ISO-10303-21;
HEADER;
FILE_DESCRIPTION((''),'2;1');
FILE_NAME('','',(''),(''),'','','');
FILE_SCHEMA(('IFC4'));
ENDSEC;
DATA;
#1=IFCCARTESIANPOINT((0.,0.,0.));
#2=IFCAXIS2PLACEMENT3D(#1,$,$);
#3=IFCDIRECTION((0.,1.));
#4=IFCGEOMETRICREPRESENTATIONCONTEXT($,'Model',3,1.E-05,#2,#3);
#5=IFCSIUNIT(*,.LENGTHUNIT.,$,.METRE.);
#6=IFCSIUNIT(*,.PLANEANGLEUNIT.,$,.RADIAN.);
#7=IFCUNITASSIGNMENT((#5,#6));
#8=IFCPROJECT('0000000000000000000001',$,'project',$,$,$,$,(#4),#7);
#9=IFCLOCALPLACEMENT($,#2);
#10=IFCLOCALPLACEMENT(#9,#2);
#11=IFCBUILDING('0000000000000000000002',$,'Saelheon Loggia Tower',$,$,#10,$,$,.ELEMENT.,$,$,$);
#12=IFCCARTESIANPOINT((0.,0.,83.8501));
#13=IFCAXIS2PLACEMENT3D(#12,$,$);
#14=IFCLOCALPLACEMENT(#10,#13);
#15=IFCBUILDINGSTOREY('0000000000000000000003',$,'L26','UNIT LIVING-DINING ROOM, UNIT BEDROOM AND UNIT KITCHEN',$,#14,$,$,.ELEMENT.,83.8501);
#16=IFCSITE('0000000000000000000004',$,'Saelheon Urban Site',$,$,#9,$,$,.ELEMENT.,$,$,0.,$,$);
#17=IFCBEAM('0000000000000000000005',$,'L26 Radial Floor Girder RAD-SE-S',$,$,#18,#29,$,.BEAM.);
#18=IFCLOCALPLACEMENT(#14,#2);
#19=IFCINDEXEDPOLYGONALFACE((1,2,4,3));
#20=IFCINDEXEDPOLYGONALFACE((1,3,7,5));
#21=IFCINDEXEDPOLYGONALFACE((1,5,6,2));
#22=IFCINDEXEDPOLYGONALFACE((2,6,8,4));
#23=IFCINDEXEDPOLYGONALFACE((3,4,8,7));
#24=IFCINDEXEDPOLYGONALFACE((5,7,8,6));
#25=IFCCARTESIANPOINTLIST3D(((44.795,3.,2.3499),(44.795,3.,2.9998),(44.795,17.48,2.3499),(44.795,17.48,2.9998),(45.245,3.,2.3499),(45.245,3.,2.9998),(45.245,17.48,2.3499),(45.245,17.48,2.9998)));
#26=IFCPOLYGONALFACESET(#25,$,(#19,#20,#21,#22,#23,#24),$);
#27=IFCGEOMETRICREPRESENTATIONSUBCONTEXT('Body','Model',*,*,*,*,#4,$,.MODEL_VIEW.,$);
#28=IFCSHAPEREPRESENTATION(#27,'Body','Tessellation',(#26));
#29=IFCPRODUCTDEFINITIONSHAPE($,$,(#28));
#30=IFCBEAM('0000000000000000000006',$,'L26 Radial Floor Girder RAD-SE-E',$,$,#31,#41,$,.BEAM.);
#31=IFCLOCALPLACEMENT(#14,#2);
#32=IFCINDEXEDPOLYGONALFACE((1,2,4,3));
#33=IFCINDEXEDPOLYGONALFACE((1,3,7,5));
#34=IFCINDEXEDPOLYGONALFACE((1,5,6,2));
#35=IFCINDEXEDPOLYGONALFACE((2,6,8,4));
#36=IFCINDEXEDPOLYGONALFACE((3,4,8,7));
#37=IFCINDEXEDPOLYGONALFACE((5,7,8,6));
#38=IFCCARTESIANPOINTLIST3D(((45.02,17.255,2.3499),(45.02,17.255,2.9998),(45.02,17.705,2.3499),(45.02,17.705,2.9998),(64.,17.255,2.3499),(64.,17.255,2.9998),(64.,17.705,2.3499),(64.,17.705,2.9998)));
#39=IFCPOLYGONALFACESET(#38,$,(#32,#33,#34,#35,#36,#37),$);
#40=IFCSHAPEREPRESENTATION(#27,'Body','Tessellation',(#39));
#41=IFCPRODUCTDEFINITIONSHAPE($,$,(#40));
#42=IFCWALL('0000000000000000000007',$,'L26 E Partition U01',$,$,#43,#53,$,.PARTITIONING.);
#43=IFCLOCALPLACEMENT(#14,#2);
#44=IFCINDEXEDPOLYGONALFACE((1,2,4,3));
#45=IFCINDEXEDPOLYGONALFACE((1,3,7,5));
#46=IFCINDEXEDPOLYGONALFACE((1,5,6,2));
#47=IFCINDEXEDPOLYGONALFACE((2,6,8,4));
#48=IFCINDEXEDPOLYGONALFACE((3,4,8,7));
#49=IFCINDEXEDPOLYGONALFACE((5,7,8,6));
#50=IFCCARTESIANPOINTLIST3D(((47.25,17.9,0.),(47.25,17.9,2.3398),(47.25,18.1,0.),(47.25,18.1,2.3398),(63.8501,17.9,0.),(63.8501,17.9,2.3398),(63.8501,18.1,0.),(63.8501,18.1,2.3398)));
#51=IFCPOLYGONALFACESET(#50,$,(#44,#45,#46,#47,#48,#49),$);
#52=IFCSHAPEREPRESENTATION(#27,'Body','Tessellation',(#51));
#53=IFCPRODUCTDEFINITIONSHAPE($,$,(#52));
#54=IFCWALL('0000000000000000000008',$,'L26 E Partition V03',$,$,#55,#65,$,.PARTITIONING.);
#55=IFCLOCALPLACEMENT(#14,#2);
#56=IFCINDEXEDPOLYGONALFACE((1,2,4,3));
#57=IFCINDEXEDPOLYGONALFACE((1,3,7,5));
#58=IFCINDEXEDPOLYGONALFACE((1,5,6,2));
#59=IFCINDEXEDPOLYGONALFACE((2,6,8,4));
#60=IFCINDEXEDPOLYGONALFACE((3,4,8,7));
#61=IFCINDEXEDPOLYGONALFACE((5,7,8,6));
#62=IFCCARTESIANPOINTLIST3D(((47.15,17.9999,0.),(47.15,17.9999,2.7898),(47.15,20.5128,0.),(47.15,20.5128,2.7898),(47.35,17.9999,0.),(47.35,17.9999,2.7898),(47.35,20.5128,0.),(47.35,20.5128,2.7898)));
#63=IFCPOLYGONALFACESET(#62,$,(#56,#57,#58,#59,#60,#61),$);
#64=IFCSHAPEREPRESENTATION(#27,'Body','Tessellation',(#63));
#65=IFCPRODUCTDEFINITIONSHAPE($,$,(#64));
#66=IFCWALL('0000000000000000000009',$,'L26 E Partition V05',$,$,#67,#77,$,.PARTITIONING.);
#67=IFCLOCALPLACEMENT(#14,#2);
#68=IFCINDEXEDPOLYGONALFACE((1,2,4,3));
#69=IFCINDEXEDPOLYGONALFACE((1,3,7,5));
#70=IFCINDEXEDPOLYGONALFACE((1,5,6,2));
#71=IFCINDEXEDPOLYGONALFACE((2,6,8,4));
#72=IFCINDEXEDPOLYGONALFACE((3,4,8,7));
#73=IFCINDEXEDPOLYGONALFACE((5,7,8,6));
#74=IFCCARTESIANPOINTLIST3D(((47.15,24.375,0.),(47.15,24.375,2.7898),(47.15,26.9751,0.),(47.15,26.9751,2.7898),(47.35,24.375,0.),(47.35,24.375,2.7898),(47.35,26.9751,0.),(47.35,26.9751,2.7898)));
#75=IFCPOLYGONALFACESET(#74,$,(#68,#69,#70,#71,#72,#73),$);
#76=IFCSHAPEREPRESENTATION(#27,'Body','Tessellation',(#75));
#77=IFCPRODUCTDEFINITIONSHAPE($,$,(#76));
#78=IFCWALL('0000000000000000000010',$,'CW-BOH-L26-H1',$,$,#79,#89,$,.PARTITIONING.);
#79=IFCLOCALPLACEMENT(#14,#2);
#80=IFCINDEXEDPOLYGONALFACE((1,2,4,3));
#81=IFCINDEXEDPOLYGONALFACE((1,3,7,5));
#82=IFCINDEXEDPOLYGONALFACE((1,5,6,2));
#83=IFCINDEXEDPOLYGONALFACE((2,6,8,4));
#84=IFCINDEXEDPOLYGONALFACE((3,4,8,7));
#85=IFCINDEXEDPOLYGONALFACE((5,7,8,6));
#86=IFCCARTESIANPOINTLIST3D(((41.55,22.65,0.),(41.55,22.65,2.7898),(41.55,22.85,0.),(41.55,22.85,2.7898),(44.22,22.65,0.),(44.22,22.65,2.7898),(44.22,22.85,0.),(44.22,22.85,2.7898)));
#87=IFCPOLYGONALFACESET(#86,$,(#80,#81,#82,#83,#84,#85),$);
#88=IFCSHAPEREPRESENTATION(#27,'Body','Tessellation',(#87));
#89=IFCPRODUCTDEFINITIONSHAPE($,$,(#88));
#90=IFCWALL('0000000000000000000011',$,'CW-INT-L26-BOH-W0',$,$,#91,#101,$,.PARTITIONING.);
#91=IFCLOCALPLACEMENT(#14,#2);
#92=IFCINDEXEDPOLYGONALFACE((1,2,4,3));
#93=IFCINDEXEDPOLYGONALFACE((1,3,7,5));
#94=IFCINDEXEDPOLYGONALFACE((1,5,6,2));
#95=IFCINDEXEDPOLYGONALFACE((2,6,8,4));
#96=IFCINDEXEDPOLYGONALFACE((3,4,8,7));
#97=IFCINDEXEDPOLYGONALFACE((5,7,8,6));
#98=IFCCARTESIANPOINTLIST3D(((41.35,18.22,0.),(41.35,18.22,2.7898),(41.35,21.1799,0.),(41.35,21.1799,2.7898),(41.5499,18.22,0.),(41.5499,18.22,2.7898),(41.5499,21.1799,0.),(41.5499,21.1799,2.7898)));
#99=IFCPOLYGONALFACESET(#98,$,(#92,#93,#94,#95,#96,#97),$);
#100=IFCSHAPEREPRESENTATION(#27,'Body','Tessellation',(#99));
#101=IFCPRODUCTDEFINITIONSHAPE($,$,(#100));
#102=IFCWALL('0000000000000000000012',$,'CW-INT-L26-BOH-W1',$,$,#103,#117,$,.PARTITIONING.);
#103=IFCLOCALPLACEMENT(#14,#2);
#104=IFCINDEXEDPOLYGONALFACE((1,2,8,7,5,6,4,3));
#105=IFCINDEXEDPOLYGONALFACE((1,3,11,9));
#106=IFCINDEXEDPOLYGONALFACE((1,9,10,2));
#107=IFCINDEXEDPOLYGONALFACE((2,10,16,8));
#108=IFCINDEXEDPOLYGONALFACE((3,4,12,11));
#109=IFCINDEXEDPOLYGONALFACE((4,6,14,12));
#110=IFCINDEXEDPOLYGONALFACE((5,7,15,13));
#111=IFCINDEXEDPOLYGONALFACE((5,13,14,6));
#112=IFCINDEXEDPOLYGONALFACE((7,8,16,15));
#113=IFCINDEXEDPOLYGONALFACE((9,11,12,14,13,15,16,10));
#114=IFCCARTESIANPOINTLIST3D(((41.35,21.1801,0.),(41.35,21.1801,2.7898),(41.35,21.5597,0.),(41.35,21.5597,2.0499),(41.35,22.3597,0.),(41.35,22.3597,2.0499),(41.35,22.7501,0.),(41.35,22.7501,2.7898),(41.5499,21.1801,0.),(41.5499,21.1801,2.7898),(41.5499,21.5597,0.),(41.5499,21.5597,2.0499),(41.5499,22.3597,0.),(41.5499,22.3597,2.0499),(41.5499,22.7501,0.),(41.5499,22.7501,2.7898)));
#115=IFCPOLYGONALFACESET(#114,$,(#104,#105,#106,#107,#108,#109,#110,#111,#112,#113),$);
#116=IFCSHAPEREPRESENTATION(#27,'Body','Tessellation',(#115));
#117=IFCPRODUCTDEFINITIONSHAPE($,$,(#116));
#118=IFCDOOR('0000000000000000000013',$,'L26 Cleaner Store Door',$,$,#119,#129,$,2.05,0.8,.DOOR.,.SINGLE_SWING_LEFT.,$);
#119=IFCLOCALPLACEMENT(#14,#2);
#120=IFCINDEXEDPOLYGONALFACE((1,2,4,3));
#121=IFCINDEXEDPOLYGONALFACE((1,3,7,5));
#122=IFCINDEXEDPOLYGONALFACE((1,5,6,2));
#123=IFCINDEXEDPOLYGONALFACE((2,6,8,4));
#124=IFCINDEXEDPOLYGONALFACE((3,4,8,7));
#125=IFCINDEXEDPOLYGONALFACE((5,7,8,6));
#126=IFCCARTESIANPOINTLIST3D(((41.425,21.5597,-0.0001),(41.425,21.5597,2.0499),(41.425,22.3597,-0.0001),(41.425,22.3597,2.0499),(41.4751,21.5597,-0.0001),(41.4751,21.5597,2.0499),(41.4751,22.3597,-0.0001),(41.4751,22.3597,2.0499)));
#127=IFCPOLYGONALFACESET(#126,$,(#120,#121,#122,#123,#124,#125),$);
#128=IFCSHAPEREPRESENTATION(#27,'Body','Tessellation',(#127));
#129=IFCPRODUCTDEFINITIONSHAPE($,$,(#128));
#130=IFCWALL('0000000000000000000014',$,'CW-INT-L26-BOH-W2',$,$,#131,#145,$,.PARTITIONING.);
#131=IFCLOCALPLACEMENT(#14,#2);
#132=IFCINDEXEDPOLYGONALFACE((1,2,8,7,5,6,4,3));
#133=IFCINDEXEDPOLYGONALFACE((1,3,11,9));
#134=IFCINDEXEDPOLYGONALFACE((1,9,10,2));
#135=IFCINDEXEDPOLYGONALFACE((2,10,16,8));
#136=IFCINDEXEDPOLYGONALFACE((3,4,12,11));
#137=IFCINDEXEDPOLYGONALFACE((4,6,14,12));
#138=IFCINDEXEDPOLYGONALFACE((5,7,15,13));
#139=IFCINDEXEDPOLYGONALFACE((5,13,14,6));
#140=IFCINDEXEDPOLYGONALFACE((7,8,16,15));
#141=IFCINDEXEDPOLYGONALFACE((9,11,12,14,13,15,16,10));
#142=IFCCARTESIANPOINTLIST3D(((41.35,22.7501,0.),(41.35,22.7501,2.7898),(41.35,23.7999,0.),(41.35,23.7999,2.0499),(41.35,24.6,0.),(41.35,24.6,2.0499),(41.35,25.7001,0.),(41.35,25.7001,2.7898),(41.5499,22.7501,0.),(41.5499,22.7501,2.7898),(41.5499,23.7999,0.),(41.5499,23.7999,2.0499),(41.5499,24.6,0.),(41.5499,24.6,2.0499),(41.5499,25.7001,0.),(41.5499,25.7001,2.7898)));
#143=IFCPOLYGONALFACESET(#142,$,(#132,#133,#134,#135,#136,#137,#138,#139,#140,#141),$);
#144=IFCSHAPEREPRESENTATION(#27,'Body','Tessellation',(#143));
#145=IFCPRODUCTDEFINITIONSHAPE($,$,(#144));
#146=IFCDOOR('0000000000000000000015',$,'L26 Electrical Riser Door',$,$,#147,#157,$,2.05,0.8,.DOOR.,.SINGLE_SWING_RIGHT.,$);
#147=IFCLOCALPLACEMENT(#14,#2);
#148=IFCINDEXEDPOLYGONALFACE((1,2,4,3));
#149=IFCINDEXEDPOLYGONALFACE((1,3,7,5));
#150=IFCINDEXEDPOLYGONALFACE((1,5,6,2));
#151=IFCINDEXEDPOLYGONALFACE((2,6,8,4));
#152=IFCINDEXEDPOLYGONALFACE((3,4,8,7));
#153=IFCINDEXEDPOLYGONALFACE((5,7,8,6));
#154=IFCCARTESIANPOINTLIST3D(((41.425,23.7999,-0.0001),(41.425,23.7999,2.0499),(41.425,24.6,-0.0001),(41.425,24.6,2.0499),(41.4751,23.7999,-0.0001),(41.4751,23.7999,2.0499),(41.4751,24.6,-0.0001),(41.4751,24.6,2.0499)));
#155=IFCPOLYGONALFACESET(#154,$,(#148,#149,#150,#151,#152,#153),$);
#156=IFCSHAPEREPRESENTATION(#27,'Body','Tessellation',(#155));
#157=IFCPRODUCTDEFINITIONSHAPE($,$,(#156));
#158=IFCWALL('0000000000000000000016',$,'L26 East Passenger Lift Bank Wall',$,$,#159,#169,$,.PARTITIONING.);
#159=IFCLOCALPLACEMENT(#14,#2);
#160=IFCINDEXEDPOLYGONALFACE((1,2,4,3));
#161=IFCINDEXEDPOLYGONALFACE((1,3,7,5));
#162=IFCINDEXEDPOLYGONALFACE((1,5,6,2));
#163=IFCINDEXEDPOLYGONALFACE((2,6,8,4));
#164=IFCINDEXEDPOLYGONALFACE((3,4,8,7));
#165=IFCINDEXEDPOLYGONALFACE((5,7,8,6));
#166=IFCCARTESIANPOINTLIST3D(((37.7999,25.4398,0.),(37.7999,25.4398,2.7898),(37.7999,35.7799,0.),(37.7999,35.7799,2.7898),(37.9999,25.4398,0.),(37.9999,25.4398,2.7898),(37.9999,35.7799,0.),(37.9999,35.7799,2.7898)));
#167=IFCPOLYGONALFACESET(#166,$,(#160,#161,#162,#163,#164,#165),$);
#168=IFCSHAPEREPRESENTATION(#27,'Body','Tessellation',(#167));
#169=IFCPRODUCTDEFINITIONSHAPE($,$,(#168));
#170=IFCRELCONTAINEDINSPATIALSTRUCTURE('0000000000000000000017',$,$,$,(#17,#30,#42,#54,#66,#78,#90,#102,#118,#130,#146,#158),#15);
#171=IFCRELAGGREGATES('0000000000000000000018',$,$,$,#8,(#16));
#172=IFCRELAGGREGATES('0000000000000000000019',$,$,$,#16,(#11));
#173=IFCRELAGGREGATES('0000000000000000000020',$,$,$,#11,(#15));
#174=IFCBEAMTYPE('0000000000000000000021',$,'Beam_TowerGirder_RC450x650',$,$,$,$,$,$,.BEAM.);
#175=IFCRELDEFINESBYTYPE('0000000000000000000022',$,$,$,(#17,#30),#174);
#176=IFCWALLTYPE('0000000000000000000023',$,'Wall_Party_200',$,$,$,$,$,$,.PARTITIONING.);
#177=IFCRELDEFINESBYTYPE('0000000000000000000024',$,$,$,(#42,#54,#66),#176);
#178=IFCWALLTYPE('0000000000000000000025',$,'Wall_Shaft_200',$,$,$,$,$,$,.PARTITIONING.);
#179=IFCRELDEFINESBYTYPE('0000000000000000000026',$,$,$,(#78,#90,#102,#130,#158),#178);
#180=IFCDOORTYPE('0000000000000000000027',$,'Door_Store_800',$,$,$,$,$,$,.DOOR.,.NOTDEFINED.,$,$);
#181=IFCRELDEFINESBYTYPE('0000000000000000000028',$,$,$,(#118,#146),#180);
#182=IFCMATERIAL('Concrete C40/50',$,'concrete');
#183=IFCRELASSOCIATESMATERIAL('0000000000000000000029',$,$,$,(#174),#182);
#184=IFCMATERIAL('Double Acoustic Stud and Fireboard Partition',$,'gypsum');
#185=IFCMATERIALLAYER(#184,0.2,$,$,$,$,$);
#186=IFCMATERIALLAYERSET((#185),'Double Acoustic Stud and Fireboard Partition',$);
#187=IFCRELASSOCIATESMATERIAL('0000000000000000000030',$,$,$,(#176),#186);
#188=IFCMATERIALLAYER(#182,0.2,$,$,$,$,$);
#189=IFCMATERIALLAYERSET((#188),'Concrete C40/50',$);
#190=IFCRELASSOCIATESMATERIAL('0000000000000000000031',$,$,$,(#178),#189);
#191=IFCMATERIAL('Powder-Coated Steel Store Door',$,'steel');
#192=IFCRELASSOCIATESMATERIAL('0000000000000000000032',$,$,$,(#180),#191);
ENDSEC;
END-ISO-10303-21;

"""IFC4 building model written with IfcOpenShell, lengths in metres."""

from ifc_helpers import new_model, si_unit, direction, frame, frame_2d, origin, origin_2d, place, context, subcontext, project, spatial, rectangle, extrude, source, transform, mapped, material, layer, layer_set, material_profile, profile_set, type_object, element, fill, save


model = new_model("IFC4")

# Units and contexts
model_context = context("Model", 3, precision=1e-05, world=origin(), true_north=direction((0.0, 1.0)))
body_context = subcontext(model_context, "Body", "Model", "MODEL_VIEW")
ifc_project = project(units=[si_unit("LENGTHUNIT", "METRE"), si_unit("PLANEANGLEUNIT", "RADIAN")], contexts=[model_context])

# Site, building, storey
site_placement = place(None, origin())
site = spatial("IfcSite", under=ifc_project, at=site_placement, Name="Saelheon Urban Site", CompositionType="ELEMENT", RefElevation=0.0)
building_placement = place(site_placement, origin())
building = spatial("IfcBuilding", under=site, at=building_placement, Name="Saelheon Loggia Tower", CompositionType="ELEMENT")
storey_placement = place(building_placement, frame((0.0, 0.0, 83.8501)))
storey = spatial("IfcBuildingStorey", under=building, at=storey_placement, Name="L26", Description="UNIT LIVING-DINING ROOM, UNIT BEDROOM AND UNIT KITCHEN", CompositionType="ELEMENT", Elevation=83.8501)

# Beams
ifc_material_1 = material(Name="Concrete C40/50", Category="concrete")
ifc_material_profile = material_profile(ifc_material_1, rectangle(XDim=0.45, YDim=0.6499, at=origin_2d()), Name="RC-450x650")
ifc_profile_set = profile_set([ifc_material_profile], Name="Concrete C40/50")
beam_type = type_object("IfcBeamType", Name="Beam_TowerGirder_RC450x650", PredefinedType="BEAM", material=ifc_profile_set)
shared_shape_1 = source(origin(), body_context, "Body", "SweptSolid", [
    extrude(rectangle(XDim=0.45, YDim=0.6499, at=origin_2d()), origin(), (0.0, 0.0, 1.0), 14.48),
])
beam_1_placement = place(storey_placement, frame((45.02, 17.48, 2.6748), z_axis=(0.0, -1.0, 0.0), x_axis=(1.0, 0.0, 0.0)))
element("IfcBeam", 1, at=beam_1_placement, inside=storey, type_object=beam_type, Name="L26 Radial Floor Girder RAD-SE-S", PredefinedType="BEAM", context=body_context, shape_type="MappedRepresentation", body=[
    mapped(shared_shape_1, transform((0.0, 0.0, 0.0), scale=1.0)),
])
shared_shape_2 = source(origin(), body_context, "Body", "SweptSolid", [
    extrude(rectangle(XDim=0.45, YDim=0.6499, at=origin_2d()), origin(), (0.0, 0.0, 1.0), 18.98),
])
beam_2_placement = place(storey_placement, frame((45.02, 17.48, 2.6748), z_axis=(1.0, 0.0, 0.0), x_axis=(0.0, 1.0, 0.0)))
element("IfcBeam", 2, at=beam_2_placement, inside=storey, type_object=beam_type, Name="L26 Radial Floor Girder RAD-SE-E", PredefinedType="BEAM", context=body_context, shape_type="MappedRepresentation", body=[
    mapped(shared_shape_2, transform((0.0, 0.0, 0.0), scale=1.0)),
])

# Walls
ifc_material_2 = material(Name="Double Acoustic Stud and Fireboard Partition", Category="gypsum")
ifc_layer_1 = layer(ifc_material_2, 0.2)
ifc_layer_set_1 = layer_set([ifc_layer_1], Name="Double Acoustic Stud and Fireboard Partition")
wall_type_1 = type_object("IfcWallType", Name="Wall_Party_200", PredefinedType="PARTITIONING", material=ifc_layer_set_1)
wall_1_placement = place(storey_placement, frame((47.25, 18.0, 0.0), z_axis=(0.0, 0.0, 1.0), x_axis=(1.0, 0.0, 0.0)))
element("IfcWall", 3, at=wall_1_placement, inside=storey, type_object=wall_type_1, Name="L26 E Partition U01", PredefinedType="PARTITIONING", context=body_context, shape_type="SweptSolid", body=[
    extrude(rectangle(XDim=16.6001, YDim=0.2, at=frame_2d((8.3, 0.0))), origin(), (0.0, 0.0, 1.0), 2.3398),
])
wall_2_placement = place(storey_placement, frame((47.25, 18.0, 0.0), z_axis=(0.0, 0.0, 1.0), x_axis=(0.0, 1.0, 0.0)))
element("IfcWall", 4, at=wall_2_placement, inside=storey, type_object=wall_type_1, Name="L26 E Partition V03", PredefinedType="PARTITIONING", context=body_context, shape_type="SweptSolid", body=[
    extrude(rectangle(XDim=2.5129, YDim=0.2, at=frame_2d((1.2563, 0.0))), origin(), (0.0, 0.0, 1.0), 2.7898),
])

# Walls
wall_3_placement = place(storey_placement, frame((47.25, 24.375, 0.0), z_axis=(0.0, 0.0, 1.0), x_axis=(0.0, 1.0, 0.0)))
element("IfcWall", 5, at=wall_3_placement, inside=storey, type_object=wall_type_1, Name="L26 E Partition V05", PredefinedType="PARTITIONING", context=body_context, shape_type="SweptSolid", body=[
    extrude(rectangle(XDim=2.6001, YDim=0.2, at=frame_2d((1.3, 0.0))), origin(), (0.0, 0.0, 1.0), 2.7898),
])
ifc_layer_2 = layer(ifc_material_1, 0.2)
ifc_layer_set_2 = layer_set([ifc_layer_2], Name="Concrete C40/50")
wall_type_2 = type_object("IfcWallType", Name="Wall_Shaft_200", PredefinedType="PARTITIONING", material=ifc_layer_set_2)
wall_4_placement = place(storey_placement, frame((41.55, 22.75, 0.0), z_axis=(0.0, 0.0, 1.0), x_axis=(1.0, 0.0, 0.0)))
element("IfcWall", 6, at=wall_4_placement, inside=storey, type_object=wall_type_2, Name="CW-BOH-L26-H1", PredefinedType="PARTITIONING", context=body_context, shape_type="SweptSolid", body=[
    extrude(rectangle(XDim=2.6699, YDim=0.2, at=frame_2d((1.335, 0.0))), origin(), (0.0, 0.0, 1.0), 2.7898),
])
wall_5_placement = place(storey_placement, frame((41.45, 18.22, 0.0), z_axis=(0.0, 0.0, 1.0), x_axis=(0.0, 1.0, 0.0)))
element("IfcWall", 7, at=wall_5_placement, inside=storey, type_object=wall_type_2, Name="CW-INT-L26-BOH-W0", PredefinedType="PARTITIONING", context=body_context, shape_type="SweptSolid", body=[
    extrude(rectangle(XDim=2.96, YDim=0.2, at=frame_2d((1.48, 0.0))), origin(), (0.0, 0.0, 1.0), 2.7898),
])

# Walls, openings, doors
wall_6_placement = place(storey_placement, frame((41.45, 21.1799, 0.0), z_axis=(0.0, 0.0, 1.0), x_axis=(0.0, 1.0, 0.0)))
wall_6 = element("IfcWall", 8, at=wall_6_placement, inside=storey, type_object=wall_type_2, Name="CW-INT-L26-BOH-W1", PredefinedType="PARTITIONING", context=body_context, shape_type="SweptSolid", body=[
    extrude(rectangle(XDim=1.5701, YDim=0.2, at=frame_2d((0.7852, 0.0))), origin(), (0.0, 0.0, 1.0), 2.7898),
])
opening_1_placement = place(wall_6_placement, frame((0.3799, 0.0, 0.0)))
opening_1 = element("IfcOpeningElement", 9, at=opening_1_placement, cuts=wall_6, PredefinedType="OPENING", context=body_context, shape_type="SweptSolid", body=[
    extrude(rectangle(XDim=0.8, YDim=2.05, at=frame_2d((0.3999, 1.0249))), frame((0.0, 0.1121, 0.0), z_axis=(0.0, -1.0, 0.0), x_axis=(1.0, 0.0, 0.0)), (0.0, 0.0, 1.0), 0.2239),
])
ifc_material_3 = material(Name="Powder-Coated Steel Store Door", Category="steel")
door_type_1 = type_object("IfcDoorType", Name="Door_Store_800", OperationType="NOTDEFINED", PredefinedType="DOOR", material=ifc_material_3)
shared_shape_3 = source(origin(), body_context, "Body", "SweptSolid", [
    extrude(rectangle(XDim=0.8, YDim=2.05, at=frame_2d((0.3999, 1.0249))), frame((0.0, 0.0249, 0.0), z_axis=(0.0, -1.0, 0.0), x_axis=(1.0, 0.0, 0.0)), (0.0, 0.0, 1.0), 0.05),
])
door_1_placement = place(opening_1_placement, origin())
door_1 = element("IfcDoor", 10, at=door_1_placement, inside=storey, type_object=door_type_1, Name="L26 Cleaner Store Door", OperationType="SINGLE_SWING_LEFT", OverallHeight=2.05, OverallWidth=0.8, PredefinedType="DOOR", context=body_context, shape_type="MappedRepresentation", body=[
    mapped(shared_shape_3, transform((0.0, 0.0, 0.0), scale=1.0)),
])
fill(opening_1, door_1)
wall_7_placement = place(storey_placement, frame((41.45, 22.75, 0.0), z_axis=(0.0, 0.0, 1.0), x_axis=(0.0, 1.0, 0.0)))
wall_7 = element("IfcWall", 11, at=wall_7_placement, inside=storey, type_object=wall_type_2, Name="CW-INT-L26-BOH-W2", PredefinedType="PARTITIONING", context=body_context, shape_type="SweptSolid", body=[
    extrude(rectangle(XDim=2.95, YDim=0.2, at=frame_2d((1.4751, 0.0))), origin(), (0.0, 0.0, 1.0), 2.7898),
])
opening_2_placement = place(wall_7_placement, frame((1.05, 0.0, 0.0)))
opening_2 = element("IfcOpeningElement", 12, at=opening_2_placement, cuts=wall_7, PredefinedType="OPENING", context=body_context, shape_type="SweptSolid", body=[
    extrude(rectangle(XDim=0.8, YDim=2.05, at=frame_2d((0.3999, 1.0249))), frame((0.0, 0.1121, 0.0), z_axis=(0.0, -1.0, 0.0), x_axis=(1.0, 0.0, 0.0)), (0.0, 0.0, 1.0), 0.2239),
])
door_2_placement = place(opening_2_placement, origin())
door_2 = element("IfcDoor", 13, at=door_2_placement, inside=storey, type_object=door_type_1, Name="L26 Electrical Riser Door", OperationType="SINGLE_SWING_RIGHT", OverallHeight=2.05, OverallWidth=0.8, PredefinedType="DOOR", context=body_context, shape_type="MappedRepresentation", body=[
    mapped(shared_shape_3, transform((0.0, 0.0, 0.0), scale=1.0)),
])
fill(opening_2, door_2)

# Wall
wall_8_placement = place(storey_placement, frame((37.8999, 25.4399, 0.0), z_axis=(0.0, 0.0, 1.0), x_axis=(0.0, 1.0, 0.0)))
element("IfcWall", 14, at=wall_8_placement, inside=storey, type_object=wall_type_2, Name="L26 East Passenger Lift Bank Wall", PredefinedType="PARTITIONING", context=body_context, shape_type="SweptSolid", body=[
    extrude(rectangle(XDim=10.3401, YDim=0.2, at=frame_2d((5.1699, 0.0))), origin(), (0.0, 0.0, 1.0), 2.7898),
])

save(model, "model.ifc")
